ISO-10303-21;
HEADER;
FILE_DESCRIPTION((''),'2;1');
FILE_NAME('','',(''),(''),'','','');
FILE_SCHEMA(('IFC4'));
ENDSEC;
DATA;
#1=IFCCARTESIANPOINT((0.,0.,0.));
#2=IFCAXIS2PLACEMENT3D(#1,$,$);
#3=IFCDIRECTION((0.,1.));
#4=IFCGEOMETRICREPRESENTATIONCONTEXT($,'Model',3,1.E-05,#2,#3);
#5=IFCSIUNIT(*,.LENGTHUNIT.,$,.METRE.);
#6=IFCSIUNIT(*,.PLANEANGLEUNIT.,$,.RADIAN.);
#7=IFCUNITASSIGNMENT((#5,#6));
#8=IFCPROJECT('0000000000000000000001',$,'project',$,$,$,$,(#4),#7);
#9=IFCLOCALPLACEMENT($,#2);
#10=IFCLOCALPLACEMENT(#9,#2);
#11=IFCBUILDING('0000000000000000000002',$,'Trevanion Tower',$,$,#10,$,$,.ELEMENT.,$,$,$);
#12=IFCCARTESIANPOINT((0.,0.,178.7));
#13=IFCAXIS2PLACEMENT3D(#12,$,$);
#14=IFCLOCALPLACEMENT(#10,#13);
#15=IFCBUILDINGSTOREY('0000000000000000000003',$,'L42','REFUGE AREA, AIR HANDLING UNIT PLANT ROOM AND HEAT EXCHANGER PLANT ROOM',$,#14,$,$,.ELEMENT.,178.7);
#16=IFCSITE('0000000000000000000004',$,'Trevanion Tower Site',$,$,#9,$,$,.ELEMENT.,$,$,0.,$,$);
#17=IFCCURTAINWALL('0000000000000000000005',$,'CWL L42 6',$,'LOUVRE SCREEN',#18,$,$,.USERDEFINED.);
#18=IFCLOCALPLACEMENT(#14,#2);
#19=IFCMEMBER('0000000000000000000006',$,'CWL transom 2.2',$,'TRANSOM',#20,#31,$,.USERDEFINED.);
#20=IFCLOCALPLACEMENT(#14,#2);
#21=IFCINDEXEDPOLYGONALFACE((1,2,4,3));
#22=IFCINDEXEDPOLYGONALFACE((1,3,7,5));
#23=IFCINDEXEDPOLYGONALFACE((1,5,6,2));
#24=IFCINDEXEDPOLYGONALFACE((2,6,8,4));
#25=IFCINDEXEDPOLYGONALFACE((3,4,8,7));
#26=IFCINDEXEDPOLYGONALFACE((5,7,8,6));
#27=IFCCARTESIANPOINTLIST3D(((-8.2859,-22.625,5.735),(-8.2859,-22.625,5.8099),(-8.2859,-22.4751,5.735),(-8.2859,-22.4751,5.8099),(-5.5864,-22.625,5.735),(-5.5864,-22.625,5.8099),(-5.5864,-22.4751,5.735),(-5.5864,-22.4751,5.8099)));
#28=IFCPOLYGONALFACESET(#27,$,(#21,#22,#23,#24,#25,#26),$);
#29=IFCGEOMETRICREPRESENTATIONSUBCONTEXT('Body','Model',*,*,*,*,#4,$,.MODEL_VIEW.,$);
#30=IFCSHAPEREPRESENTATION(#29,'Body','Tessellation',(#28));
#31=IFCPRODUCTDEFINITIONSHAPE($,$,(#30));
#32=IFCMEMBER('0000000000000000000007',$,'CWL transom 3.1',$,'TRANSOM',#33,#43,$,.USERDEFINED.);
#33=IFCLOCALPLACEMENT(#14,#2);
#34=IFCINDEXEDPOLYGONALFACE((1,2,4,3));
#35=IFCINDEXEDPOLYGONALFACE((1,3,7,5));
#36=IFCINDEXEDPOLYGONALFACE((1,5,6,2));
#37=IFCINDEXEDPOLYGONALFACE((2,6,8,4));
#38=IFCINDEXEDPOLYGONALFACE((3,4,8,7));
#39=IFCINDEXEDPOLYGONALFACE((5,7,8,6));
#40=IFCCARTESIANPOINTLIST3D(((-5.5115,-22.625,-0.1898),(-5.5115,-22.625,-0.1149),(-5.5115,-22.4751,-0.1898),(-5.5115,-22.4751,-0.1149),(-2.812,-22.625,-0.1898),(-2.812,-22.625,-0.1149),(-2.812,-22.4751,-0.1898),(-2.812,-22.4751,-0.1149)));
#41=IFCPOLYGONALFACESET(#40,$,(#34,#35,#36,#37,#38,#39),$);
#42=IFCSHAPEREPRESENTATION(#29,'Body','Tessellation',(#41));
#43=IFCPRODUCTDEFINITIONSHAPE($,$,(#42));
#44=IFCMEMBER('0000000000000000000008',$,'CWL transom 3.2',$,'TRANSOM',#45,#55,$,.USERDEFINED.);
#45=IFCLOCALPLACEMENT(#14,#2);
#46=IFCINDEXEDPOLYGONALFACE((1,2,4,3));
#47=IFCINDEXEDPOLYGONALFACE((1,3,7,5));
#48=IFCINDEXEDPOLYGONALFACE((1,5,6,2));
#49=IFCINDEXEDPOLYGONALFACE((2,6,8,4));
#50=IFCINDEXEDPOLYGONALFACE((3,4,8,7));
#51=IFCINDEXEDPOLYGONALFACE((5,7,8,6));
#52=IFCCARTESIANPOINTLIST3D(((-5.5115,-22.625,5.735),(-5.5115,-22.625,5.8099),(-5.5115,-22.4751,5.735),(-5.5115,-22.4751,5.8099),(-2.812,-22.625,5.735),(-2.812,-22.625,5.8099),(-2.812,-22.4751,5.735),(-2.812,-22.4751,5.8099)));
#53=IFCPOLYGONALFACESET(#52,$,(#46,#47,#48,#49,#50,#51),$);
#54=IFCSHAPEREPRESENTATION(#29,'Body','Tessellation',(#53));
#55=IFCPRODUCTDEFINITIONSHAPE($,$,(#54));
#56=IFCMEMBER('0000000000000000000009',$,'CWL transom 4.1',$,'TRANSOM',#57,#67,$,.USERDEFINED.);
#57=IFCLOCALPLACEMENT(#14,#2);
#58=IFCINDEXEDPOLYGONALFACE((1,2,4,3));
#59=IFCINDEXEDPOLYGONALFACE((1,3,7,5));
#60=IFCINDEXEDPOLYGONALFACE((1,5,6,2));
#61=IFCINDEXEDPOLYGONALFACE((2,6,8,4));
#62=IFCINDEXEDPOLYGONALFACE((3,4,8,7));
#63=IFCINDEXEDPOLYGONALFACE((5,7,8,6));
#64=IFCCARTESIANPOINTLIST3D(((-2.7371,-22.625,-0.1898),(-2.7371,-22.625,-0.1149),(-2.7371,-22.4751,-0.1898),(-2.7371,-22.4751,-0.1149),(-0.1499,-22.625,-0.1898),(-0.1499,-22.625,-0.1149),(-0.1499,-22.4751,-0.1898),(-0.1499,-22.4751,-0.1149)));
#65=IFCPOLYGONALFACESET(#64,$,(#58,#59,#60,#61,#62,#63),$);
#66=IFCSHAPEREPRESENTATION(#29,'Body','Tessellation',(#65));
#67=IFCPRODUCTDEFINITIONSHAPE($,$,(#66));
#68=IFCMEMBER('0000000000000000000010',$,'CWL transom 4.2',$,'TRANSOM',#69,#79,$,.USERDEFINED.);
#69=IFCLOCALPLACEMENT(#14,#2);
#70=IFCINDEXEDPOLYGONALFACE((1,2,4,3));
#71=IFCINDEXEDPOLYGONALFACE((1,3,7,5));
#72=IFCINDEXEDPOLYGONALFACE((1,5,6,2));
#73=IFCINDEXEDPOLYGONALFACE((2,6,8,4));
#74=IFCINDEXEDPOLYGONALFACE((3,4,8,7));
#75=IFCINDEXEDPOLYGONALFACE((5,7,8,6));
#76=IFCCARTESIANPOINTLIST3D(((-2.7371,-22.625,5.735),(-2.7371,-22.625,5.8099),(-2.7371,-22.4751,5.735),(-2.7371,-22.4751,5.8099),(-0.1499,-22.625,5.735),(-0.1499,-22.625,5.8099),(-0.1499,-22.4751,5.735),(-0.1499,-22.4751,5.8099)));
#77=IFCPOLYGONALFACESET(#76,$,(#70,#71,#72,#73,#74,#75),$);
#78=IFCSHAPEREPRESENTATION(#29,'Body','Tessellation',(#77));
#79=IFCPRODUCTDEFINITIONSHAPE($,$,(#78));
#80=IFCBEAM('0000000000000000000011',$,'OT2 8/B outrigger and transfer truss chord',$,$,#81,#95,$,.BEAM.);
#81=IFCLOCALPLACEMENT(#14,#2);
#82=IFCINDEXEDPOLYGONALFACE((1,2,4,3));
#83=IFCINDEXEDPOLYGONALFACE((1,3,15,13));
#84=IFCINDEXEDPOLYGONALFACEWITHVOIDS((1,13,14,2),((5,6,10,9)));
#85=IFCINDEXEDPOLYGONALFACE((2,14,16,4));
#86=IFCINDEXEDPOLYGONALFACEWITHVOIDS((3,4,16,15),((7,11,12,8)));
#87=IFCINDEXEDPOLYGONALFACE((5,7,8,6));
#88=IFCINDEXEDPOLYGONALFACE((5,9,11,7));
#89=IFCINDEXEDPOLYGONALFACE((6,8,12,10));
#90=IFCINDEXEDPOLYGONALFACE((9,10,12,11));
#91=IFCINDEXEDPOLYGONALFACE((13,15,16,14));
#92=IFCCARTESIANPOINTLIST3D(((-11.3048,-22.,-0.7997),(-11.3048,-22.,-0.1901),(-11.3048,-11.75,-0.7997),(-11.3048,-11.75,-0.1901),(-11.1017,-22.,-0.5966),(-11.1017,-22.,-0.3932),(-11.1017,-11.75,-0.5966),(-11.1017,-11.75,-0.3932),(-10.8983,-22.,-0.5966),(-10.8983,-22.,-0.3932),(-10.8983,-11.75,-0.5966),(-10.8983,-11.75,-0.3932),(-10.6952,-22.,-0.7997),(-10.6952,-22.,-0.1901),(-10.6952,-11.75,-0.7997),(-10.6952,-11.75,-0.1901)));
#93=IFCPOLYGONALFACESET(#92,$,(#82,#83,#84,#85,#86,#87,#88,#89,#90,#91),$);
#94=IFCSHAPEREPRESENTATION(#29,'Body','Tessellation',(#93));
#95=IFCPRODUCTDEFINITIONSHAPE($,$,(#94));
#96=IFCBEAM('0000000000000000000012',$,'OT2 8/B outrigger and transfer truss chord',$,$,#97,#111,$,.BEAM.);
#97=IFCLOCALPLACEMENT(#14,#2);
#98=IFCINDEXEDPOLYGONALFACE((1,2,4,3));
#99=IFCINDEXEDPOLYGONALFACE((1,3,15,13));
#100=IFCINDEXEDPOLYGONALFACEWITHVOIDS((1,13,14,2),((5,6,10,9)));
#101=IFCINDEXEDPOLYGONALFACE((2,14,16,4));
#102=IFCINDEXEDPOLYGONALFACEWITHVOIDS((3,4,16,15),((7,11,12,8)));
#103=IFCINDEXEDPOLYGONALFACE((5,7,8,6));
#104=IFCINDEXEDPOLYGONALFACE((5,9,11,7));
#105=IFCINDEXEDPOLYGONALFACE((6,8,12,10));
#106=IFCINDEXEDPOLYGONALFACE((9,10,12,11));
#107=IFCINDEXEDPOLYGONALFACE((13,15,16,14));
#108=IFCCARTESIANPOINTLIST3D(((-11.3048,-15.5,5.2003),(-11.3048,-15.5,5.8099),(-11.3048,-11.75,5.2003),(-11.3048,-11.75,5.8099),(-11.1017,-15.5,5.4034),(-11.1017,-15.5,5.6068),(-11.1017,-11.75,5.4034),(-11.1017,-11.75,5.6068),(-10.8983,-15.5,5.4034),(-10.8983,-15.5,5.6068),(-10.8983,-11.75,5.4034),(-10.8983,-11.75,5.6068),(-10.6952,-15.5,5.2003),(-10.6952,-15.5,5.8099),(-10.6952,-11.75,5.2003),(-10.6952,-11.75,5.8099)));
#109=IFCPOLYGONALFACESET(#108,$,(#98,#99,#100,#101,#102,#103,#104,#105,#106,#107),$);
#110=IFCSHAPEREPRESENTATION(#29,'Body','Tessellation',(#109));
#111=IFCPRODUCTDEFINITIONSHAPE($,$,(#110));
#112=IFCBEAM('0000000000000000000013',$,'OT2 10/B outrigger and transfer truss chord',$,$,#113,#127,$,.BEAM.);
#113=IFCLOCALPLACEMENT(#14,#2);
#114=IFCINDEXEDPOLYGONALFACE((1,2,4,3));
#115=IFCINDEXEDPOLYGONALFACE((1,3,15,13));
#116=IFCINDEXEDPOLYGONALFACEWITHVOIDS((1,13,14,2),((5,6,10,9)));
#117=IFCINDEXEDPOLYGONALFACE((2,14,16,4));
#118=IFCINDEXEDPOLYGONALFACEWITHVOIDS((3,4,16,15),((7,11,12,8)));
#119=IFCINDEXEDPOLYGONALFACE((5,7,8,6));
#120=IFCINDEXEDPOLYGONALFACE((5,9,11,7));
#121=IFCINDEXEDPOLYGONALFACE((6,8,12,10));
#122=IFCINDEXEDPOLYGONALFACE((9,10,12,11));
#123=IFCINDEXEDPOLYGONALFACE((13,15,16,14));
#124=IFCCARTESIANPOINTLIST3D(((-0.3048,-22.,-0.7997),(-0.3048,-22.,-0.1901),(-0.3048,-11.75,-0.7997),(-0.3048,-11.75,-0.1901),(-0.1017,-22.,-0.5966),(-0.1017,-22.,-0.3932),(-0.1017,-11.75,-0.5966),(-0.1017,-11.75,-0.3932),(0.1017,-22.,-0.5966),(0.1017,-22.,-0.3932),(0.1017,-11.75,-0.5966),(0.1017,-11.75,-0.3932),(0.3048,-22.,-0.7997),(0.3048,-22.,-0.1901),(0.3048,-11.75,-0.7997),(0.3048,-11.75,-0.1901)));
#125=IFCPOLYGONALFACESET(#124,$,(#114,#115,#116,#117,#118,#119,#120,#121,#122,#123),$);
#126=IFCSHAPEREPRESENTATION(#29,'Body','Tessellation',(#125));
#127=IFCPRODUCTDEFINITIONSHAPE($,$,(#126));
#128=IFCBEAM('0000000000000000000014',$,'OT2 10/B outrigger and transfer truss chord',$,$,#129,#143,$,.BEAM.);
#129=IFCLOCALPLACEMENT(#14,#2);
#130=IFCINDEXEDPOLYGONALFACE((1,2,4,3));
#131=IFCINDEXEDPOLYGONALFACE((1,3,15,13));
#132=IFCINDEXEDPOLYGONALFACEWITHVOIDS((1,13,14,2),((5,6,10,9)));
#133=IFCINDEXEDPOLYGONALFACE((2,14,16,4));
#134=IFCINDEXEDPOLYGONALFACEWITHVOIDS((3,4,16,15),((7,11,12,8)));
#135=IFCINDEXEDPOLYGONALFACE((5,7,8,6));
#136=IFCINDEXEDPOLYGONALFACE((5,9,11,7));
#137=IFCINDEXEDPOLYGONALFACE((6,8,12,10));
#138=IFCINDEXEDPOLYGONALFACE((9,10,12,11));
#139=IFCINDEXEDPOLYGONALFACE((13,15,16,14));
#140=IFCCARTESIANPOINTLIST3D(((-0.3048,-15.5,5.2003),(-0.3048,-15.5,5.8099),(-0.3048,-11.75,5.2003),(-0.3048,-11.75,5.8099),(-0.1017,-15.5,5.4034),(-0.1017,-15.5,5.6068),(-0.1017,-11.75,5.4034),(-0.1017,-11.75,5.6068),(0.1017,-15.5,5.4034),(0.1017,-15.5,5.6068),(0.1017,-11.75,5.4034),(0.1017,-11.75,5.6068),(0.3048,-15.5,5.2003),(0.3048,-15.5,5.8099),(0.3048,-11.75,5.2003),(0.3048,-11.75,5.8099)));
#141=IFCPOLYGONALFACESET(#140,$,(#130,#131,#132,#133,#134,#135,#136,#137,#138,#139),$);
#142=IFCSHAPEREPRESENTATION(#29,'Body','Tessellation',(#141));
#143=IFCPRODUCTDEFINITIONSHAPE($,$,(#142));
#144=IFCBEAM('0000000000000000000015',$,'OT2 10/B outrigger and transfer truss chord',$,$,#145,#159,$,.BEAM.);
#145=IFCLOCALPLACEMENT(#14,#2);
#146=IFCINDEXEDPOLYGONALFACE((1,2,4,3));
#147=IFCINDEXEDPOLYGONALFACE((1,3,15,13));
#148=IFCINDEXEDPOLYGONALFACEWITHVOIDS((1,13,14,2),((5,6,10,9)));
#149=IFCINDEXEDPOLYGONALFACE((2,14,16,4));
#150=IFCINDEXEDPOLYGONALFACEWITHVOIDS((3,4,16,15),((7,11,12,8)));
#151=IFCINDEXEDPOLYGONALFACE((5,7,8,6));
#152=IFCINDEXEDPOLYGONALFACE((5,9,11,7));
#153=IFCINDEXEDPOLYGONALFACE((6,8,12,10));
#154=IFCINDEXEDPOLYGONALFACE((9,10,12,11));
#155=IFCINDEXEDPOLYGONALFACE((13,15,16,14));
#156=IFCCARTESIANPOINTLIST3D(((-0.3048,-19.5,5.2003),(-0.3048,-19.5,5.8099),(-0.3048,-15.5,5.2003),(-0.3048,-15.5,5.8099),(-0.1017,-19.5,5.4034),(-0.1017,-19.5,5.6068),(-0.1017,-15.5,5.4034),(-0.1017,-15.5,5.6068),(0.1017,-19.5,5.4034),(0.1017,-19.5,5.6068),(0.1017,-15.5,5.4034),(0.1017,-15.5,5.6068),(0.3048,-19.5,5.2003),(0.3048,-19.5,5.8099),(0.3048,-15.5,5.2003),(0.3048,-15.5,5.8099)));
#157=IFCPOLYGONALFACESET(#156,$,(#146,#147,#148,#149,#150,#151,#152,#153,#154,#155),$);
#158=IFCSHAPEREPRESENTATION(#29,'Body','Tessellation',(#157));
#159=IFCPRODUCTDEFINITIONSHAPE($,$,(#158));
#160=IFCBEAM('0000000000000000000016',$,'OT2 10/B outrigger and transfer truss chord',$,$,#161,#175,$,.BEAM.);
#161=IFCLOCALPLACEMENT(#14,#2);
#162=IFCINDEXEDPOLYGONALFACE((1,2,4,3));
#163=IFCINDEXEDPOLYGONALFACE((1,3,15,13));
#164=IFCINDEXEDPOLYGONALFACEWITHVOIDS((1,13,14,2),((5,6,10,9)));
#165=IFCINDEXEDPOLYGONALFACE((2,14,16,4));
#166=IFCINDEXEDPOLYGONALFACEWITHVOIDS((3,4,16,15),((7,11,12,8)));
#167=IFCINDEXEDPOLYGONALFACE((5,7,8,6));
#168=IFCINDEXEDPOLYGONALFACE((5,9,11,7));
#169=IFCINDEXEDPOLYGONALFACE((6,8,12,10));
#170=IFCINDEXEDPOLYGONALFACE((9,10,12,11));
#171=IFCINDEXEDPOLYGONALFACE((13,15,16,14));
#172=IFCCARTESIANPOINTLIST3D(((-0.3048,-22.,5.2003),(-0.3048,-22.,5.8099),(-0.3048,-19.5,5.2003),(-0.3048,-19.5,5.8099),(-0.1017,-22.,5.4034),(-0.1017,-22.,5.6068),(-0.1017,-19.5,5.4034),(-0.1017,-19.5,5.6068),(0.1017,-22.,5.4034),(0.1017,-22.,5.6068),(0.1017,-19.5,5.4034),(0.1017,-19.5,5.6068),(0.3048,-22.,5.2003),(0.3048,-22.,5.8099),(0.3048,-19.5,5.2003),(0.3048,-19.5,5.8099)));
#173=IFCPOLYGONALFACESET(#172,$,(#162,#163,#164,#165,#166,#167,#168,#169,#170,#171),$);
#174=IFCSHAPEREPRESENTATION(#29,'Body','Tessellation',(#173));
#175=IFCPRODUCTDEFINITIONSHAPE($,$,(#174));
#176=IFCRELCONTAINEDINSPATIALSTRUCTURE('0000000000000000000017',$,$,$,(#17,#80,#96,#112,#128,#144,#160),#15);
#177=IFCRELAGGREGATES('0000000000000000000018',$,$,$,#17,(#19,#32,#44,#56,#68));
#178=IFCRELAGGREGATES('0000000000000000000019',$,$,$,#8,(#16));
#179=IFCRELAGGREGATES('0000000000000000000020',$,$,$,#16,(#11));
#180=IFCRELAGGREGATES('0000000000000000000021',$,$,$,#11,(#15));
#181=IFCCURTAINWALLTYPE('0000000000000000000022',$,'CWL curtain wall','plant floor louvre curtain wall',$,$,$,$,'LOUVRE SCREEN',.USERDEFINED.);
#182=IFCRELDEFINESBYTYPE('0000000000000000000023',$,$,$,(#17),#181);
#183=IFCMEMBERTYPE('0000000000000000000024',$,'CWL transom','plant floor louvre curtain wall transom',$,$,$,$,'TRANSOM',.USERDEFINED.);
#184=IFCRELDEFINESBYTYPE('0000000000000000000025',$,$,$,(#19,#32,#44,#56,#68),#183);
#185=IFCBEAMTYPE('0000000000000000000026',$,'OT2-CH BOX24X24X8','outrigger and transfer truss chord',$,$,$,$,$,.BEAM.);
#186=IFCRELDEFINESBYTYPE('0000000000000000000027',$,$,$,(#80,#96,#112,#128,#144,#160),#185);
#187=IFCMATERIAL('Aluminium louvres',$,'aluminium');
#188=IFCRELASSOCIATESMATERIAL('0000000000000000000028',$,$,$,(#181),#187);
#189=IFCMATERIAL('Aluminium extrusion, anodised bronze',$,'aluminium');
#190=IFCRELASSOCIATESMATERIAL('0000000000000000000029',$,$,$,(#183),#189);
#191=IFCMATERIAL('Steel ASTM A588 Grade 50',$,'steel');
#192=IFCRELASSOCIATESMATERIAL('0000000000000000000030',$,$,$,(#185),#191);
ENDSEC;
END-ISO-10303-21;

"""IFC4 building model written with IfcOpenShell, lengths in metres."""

from ifc_helpers import new_model, si_unit, direction, frame, origin, origin_2d, place, context, subcontext, project, spatial, rectangle, hollow_rectangle, extrude, material, material_profile, profile_set, type_object, element, aggregate, save


model = new_model("IFC4")

# Units and contexts
model_context = context("Model", 3, precision=1e-05, world=origin(), true_north=direction((0.0, 1.0)))
body_context = subcontext(model_context, "Body", "Model", "MODEL_VIEW")
ifc_project = project(units=[si_unit("LENGTHUNIT", "METRE"), si_unit("PLANEANGLEUNIT", "RADIAN")], contexts=[model_context])

# Site, building, storey
site_placement = place(None, origin())
site = spatial("IfcSite", under=ifc_project, at=site_placement, Name="Trevanion Tower Site", CompositionType="ELEMENT", RefElevation=0.0)
building_placement = place(site_placement, origin())
building = spatial("IfcBuilding", under=site, at=building_placement, Name="Trevanion Tower", CompositionType="ELEMENT")
storey_placement = place(building_placement, frame((0.0, 0.0, 178.7)))
storey = spatial("IfcBuildingStorey", under=building, at=storey_placement, Name="L42", Description="REFUGE AREA, AIR HANDLING UNIT PLANT ROOM AND HEAT EXCHANGER PLANT ROOM", CompositionType="ELEMENT", Elevation=178.7)

# Curtain wall, members
ifc_material_1 = material(Name="Aluminium louvres", Category="aluminium")
curtain_wall_type = type_object("IfcCurtainWallType", Name="CWL curtain wall", Description="plant floor louvre curtain wall", ElementType="LOUVRE SCREEN", PredefinedType="USERDEFINED", material=ifc_material_1)
curtain_wall_placement = place(storey_placement, origin())
curtain_wall = element("IfcCurtainWall", 1, at=curtain_wall_placement, inside=storey, type_object=curtain_wall_type, Name="CWL L42 6", ObjectType="LOUVRE SCREEN", PredefinedType="USERDEFINED")
ifc_material_2 = material(Name="Aluminium extrusion, anodised bronze", Category="aluminium")
ifc_material_profile_1 = material_profile(ifc_material_2, rectangle(XDim=0.1499, YDim=0.075, at=origin_2d()), Name="CWL transom")
ifc_profile_set_1 = profile_set([ifc_material_profile_1], Name="Aluminium extrusion, anodised bronze")
member_type_1 = type_object("IfcMemberType", Name="CWL transom", Description="plant floor louvre curtain wall transom", ElementType="TRANSOM", PredefinedType="USERDEFINED", material=ifc_profile_set_1)
member_1_placement = place(storey_placement, frame((-8.2859, -22.55, 5.7725), z_axis=(1.0, 0.0, 0.0), x_axis=(0.0, 1.0, 0.0)))
member_1 = element("IfcMember", 2, at=member_1_placement, type_object=member_type_1, Name="CWL transom 2.2", ObjectType="TRANSOM", PredefinedType="USERDEFINED", context=body_context, shape_type="SweptSolid", body=[
    extrude(rectangle(XDim=0.1499, YDim=0.075, at=origin_2d()), origin(), (0.0, 0.0, 1.0), 2.6995),
])
member_2_placement = place(storey_placement, frame((-5.5115, -22.55, -0.1523), z_axis=(1.0, 0.0, 0.0), x_axis=(0.0, 1.0, 0.0)))
member_2 = element("IfcMember", 3, at=member_2_placement, type_object=member_type_1, Name="CWL transom 3.1", ObjectType="TRANSOM", PredefinedType="USERDEFINED", context=body_context, shape_type="SweptSolid", body=[
    extrude(rectangle(XDim=0.1499, YDim=0.075, at=origin_2d()), origin(), (0.0, 0.0, 1.0), 2.6995),
])
member_3_placement = place(storey_placement, frame((-5.5115, -22.55, 5.7725), z_axis=(1.0, 0.0, 0.0), x_axis=(0.0, 1.0, 0.0)))
member_3 = element("IfcMember", 4, at=member_3_placement, type_object=member_type_1, Name="CWL transom 3.2", ObjectType="TRANSOM", PredefinedType="USERDEFINED", context=body_context, shape_type="SweptSolid", body=[
    extrude(rectangle(XDim=0.1499, YDim=0.075, at=origin_2d()), origin(), (0.0, 0.0, 1.0), 2.6995),
])
member_4_placement = place(storey_placement, frame((-2.7371, -22.55, -0.1523), z_axis=(1.0, 0.0, 0.0), x_axis=(0.0, 1.0, 0.0)))
member_4 = element("IfcMember", 5, at=member_4_placement, type_object=member_type_1, Name="CWL transom 4.1", ObjectType="TRANSOM", PredefinedType="USERDEFINED", context=body_context, shape_type="SweptSolid", body=[
    extrude(rectangle(XDim=0.1499, YDim=0.075, at=origin_2d()), origin(), (0.0, 0.0, 1.0), 2.5872),
])
member_5_placement = place(storey_placement, frame((-2.7371, -22.55, 5.7725), z_axis=(1.0, 0.0, 0.0), x_axis=(0.0, 1.0, 0.0)))
member_5 = element("IfcMember", 6, at=member_5_placement, type_object=member_type_1, Name="CWL transom 4.2", ObjectType="TRANSOM", PredefinedType="USERDEFINED", context=body_context, shape_type="SweptSolid", body=[
    extrude(rectangle(XDim=0.1499, YDim=0.075, at=origin_2d()), origin(), (0.0, 0.0, 1.0), 2.5872),
])

# Beams
ifc_material_3 = material(Name="Steel ASTM A588 Grade 50", Category="steel")
ifc_material_profile_2 = material_profile(ifc_material_3, hollow_rectangle(XDim=0.6096, YDim=0.6096, WallThickness=0.2031, at=origin_2d()), Name="BOX24X24X8")
ifc_profile_set_2 = profile_set([ifc_material_profile_2], Name="Steel ASTM A588 Grade 50")
beam_type_1 = type_object("IfcBeamType", Name="OT2-CH BOX24X24X8", Description="outrigger and transfer truss chord", PredefinedType="BEAM", material=ifc_profile_set_2)
beam_1_placement = place(storey_placement, frame((-11.0, -11.75, -0.4949), z_axis=(0.0, -1.0, 0.0), x_axis=(1.0, 0.0, 0.0)))
element("IfcBeam", 7, at=beam_1_placement, inside=storey, type_object=beam_type_1, Name="OT2 8/B outrigger and transfer truss chord", PredefinedType="BEAM", context=body_context, shape_type="SweptSolid", body=[
    extrude(hollow_rectangle(XDim=0.6096, YDim=0.6096, WallThickness=0.2031, at=origin_2d()), origin(), (0.0, 0.0, 1.0), 10.25),
])
beam_2_placement = place(storey_placement, frame((-11.0, -11.75, 5.5051), z_axis=(0.0, -1.0, 0.0), x_axis=(1.0, 0.0, 0.0)))
element("IfcBeam", 8, at=beam_2_placement, inside=storey, type_object=beam_type_1, Name="OT2 8/B outrigger and transfer truss chord", PredefinedType="BEAM", context=body_context, shape_type="SweptSolid", body=[
    extrude(hollow_rectangle(XDim=0.6096, YDim=0.6096, WallThickness=0.2031, at=origin_2d()), origin(), (0.0, 0.0, 1.0), 3.75),
])
beam_3_placement = place(storey_placement, frame((0.0, -11.75, -0.4949), z_axis=(0.0, -1.0, 0.0), x_axis=(1.0, 0.0, 0.0)))
element("IfcBeam", 9, at=beam_3_placement, inside=storey, type_object=beam_type_1, Name="OT2 10/B outrigger and transfer truss chord", PredefinedType="BEAM", context=body_context, shape_type="SweptSolid", body=[
    extrude(hollow_rectangle(XDim=0.6096, YDim=0.6096, WallThickness=0.2031, at=origin_2d()), origin(), (0.0, 0.0, 1.0), 10.25),
])
beam_4_placement = place(storey_placement, frame((0.0, -11.75, 5.5051), z_axis=(0.0, -1.0, 0.0), x_axis=(1.0, 0.0, 0.0)))
element("IfcBeam", 10, at=beam_4_placement, inside=storey, type_object=beam_type_1, Name="OT2 10/B outrigger and transfer truss chord", PredefinedType="BEAM", context=body_context, shape_type="SweptSolid", body=[
    extrude(hollow_rectangle(XDim=0.6096, YDim=0.6096, WallThickness=0.2031, at=origin_2d()), origin(), (0.0, 0.0, 1.0), 3.75),
])
beam_5_placement = place(storey_placement, frame((0.0, -15.5, 5.5051), z_axis=(0.0, -1.0, 0.0), x_axis=(1.0, 0.0, 0.0)))
element("IfcBeam", 11, at=beam_5_placement, inside=storey, type_object=beam_type_1, Name="OT2 10/B outrigger and transfer truss chord", PredefinedType="BEAM", context=body_context, shape_type="SweptSolid", body=[
    extrude(hollow_rectangle(XDim=0.6096, YDim=0.6096, WallThickness=0.2031, at=origin_2d()), origin(), (0.0, 0.0, 1.0), 4.0),
])
beam_6_placement = place(storey_placement, frame((0.0, -19.5, 5.5051), z_axis=(0.0, -1.0, 0.0), x_axis=(1.0, 0.0, 0.0)))
element("IfcBeam", 12, at=beam_6_placement, inside=storey, type_object=beam_type_1, Name="OT2 10/B outrigger and transfer truss chord", PredefinedType="BEAM", context=body_context, shape_type="SweptSolid", body=[
    extrude(hollow_rectangle(XDim=0.6096, YDim=0.6096, WallThickness=0.2031, at=origin_2d()), origin(), (0.0, 0.0, 1.0), 2.5),
])

aggregate(curtain_wall, [member_1, member_2, member_3, member_4, member_5])

save(model, "model.ifc")
